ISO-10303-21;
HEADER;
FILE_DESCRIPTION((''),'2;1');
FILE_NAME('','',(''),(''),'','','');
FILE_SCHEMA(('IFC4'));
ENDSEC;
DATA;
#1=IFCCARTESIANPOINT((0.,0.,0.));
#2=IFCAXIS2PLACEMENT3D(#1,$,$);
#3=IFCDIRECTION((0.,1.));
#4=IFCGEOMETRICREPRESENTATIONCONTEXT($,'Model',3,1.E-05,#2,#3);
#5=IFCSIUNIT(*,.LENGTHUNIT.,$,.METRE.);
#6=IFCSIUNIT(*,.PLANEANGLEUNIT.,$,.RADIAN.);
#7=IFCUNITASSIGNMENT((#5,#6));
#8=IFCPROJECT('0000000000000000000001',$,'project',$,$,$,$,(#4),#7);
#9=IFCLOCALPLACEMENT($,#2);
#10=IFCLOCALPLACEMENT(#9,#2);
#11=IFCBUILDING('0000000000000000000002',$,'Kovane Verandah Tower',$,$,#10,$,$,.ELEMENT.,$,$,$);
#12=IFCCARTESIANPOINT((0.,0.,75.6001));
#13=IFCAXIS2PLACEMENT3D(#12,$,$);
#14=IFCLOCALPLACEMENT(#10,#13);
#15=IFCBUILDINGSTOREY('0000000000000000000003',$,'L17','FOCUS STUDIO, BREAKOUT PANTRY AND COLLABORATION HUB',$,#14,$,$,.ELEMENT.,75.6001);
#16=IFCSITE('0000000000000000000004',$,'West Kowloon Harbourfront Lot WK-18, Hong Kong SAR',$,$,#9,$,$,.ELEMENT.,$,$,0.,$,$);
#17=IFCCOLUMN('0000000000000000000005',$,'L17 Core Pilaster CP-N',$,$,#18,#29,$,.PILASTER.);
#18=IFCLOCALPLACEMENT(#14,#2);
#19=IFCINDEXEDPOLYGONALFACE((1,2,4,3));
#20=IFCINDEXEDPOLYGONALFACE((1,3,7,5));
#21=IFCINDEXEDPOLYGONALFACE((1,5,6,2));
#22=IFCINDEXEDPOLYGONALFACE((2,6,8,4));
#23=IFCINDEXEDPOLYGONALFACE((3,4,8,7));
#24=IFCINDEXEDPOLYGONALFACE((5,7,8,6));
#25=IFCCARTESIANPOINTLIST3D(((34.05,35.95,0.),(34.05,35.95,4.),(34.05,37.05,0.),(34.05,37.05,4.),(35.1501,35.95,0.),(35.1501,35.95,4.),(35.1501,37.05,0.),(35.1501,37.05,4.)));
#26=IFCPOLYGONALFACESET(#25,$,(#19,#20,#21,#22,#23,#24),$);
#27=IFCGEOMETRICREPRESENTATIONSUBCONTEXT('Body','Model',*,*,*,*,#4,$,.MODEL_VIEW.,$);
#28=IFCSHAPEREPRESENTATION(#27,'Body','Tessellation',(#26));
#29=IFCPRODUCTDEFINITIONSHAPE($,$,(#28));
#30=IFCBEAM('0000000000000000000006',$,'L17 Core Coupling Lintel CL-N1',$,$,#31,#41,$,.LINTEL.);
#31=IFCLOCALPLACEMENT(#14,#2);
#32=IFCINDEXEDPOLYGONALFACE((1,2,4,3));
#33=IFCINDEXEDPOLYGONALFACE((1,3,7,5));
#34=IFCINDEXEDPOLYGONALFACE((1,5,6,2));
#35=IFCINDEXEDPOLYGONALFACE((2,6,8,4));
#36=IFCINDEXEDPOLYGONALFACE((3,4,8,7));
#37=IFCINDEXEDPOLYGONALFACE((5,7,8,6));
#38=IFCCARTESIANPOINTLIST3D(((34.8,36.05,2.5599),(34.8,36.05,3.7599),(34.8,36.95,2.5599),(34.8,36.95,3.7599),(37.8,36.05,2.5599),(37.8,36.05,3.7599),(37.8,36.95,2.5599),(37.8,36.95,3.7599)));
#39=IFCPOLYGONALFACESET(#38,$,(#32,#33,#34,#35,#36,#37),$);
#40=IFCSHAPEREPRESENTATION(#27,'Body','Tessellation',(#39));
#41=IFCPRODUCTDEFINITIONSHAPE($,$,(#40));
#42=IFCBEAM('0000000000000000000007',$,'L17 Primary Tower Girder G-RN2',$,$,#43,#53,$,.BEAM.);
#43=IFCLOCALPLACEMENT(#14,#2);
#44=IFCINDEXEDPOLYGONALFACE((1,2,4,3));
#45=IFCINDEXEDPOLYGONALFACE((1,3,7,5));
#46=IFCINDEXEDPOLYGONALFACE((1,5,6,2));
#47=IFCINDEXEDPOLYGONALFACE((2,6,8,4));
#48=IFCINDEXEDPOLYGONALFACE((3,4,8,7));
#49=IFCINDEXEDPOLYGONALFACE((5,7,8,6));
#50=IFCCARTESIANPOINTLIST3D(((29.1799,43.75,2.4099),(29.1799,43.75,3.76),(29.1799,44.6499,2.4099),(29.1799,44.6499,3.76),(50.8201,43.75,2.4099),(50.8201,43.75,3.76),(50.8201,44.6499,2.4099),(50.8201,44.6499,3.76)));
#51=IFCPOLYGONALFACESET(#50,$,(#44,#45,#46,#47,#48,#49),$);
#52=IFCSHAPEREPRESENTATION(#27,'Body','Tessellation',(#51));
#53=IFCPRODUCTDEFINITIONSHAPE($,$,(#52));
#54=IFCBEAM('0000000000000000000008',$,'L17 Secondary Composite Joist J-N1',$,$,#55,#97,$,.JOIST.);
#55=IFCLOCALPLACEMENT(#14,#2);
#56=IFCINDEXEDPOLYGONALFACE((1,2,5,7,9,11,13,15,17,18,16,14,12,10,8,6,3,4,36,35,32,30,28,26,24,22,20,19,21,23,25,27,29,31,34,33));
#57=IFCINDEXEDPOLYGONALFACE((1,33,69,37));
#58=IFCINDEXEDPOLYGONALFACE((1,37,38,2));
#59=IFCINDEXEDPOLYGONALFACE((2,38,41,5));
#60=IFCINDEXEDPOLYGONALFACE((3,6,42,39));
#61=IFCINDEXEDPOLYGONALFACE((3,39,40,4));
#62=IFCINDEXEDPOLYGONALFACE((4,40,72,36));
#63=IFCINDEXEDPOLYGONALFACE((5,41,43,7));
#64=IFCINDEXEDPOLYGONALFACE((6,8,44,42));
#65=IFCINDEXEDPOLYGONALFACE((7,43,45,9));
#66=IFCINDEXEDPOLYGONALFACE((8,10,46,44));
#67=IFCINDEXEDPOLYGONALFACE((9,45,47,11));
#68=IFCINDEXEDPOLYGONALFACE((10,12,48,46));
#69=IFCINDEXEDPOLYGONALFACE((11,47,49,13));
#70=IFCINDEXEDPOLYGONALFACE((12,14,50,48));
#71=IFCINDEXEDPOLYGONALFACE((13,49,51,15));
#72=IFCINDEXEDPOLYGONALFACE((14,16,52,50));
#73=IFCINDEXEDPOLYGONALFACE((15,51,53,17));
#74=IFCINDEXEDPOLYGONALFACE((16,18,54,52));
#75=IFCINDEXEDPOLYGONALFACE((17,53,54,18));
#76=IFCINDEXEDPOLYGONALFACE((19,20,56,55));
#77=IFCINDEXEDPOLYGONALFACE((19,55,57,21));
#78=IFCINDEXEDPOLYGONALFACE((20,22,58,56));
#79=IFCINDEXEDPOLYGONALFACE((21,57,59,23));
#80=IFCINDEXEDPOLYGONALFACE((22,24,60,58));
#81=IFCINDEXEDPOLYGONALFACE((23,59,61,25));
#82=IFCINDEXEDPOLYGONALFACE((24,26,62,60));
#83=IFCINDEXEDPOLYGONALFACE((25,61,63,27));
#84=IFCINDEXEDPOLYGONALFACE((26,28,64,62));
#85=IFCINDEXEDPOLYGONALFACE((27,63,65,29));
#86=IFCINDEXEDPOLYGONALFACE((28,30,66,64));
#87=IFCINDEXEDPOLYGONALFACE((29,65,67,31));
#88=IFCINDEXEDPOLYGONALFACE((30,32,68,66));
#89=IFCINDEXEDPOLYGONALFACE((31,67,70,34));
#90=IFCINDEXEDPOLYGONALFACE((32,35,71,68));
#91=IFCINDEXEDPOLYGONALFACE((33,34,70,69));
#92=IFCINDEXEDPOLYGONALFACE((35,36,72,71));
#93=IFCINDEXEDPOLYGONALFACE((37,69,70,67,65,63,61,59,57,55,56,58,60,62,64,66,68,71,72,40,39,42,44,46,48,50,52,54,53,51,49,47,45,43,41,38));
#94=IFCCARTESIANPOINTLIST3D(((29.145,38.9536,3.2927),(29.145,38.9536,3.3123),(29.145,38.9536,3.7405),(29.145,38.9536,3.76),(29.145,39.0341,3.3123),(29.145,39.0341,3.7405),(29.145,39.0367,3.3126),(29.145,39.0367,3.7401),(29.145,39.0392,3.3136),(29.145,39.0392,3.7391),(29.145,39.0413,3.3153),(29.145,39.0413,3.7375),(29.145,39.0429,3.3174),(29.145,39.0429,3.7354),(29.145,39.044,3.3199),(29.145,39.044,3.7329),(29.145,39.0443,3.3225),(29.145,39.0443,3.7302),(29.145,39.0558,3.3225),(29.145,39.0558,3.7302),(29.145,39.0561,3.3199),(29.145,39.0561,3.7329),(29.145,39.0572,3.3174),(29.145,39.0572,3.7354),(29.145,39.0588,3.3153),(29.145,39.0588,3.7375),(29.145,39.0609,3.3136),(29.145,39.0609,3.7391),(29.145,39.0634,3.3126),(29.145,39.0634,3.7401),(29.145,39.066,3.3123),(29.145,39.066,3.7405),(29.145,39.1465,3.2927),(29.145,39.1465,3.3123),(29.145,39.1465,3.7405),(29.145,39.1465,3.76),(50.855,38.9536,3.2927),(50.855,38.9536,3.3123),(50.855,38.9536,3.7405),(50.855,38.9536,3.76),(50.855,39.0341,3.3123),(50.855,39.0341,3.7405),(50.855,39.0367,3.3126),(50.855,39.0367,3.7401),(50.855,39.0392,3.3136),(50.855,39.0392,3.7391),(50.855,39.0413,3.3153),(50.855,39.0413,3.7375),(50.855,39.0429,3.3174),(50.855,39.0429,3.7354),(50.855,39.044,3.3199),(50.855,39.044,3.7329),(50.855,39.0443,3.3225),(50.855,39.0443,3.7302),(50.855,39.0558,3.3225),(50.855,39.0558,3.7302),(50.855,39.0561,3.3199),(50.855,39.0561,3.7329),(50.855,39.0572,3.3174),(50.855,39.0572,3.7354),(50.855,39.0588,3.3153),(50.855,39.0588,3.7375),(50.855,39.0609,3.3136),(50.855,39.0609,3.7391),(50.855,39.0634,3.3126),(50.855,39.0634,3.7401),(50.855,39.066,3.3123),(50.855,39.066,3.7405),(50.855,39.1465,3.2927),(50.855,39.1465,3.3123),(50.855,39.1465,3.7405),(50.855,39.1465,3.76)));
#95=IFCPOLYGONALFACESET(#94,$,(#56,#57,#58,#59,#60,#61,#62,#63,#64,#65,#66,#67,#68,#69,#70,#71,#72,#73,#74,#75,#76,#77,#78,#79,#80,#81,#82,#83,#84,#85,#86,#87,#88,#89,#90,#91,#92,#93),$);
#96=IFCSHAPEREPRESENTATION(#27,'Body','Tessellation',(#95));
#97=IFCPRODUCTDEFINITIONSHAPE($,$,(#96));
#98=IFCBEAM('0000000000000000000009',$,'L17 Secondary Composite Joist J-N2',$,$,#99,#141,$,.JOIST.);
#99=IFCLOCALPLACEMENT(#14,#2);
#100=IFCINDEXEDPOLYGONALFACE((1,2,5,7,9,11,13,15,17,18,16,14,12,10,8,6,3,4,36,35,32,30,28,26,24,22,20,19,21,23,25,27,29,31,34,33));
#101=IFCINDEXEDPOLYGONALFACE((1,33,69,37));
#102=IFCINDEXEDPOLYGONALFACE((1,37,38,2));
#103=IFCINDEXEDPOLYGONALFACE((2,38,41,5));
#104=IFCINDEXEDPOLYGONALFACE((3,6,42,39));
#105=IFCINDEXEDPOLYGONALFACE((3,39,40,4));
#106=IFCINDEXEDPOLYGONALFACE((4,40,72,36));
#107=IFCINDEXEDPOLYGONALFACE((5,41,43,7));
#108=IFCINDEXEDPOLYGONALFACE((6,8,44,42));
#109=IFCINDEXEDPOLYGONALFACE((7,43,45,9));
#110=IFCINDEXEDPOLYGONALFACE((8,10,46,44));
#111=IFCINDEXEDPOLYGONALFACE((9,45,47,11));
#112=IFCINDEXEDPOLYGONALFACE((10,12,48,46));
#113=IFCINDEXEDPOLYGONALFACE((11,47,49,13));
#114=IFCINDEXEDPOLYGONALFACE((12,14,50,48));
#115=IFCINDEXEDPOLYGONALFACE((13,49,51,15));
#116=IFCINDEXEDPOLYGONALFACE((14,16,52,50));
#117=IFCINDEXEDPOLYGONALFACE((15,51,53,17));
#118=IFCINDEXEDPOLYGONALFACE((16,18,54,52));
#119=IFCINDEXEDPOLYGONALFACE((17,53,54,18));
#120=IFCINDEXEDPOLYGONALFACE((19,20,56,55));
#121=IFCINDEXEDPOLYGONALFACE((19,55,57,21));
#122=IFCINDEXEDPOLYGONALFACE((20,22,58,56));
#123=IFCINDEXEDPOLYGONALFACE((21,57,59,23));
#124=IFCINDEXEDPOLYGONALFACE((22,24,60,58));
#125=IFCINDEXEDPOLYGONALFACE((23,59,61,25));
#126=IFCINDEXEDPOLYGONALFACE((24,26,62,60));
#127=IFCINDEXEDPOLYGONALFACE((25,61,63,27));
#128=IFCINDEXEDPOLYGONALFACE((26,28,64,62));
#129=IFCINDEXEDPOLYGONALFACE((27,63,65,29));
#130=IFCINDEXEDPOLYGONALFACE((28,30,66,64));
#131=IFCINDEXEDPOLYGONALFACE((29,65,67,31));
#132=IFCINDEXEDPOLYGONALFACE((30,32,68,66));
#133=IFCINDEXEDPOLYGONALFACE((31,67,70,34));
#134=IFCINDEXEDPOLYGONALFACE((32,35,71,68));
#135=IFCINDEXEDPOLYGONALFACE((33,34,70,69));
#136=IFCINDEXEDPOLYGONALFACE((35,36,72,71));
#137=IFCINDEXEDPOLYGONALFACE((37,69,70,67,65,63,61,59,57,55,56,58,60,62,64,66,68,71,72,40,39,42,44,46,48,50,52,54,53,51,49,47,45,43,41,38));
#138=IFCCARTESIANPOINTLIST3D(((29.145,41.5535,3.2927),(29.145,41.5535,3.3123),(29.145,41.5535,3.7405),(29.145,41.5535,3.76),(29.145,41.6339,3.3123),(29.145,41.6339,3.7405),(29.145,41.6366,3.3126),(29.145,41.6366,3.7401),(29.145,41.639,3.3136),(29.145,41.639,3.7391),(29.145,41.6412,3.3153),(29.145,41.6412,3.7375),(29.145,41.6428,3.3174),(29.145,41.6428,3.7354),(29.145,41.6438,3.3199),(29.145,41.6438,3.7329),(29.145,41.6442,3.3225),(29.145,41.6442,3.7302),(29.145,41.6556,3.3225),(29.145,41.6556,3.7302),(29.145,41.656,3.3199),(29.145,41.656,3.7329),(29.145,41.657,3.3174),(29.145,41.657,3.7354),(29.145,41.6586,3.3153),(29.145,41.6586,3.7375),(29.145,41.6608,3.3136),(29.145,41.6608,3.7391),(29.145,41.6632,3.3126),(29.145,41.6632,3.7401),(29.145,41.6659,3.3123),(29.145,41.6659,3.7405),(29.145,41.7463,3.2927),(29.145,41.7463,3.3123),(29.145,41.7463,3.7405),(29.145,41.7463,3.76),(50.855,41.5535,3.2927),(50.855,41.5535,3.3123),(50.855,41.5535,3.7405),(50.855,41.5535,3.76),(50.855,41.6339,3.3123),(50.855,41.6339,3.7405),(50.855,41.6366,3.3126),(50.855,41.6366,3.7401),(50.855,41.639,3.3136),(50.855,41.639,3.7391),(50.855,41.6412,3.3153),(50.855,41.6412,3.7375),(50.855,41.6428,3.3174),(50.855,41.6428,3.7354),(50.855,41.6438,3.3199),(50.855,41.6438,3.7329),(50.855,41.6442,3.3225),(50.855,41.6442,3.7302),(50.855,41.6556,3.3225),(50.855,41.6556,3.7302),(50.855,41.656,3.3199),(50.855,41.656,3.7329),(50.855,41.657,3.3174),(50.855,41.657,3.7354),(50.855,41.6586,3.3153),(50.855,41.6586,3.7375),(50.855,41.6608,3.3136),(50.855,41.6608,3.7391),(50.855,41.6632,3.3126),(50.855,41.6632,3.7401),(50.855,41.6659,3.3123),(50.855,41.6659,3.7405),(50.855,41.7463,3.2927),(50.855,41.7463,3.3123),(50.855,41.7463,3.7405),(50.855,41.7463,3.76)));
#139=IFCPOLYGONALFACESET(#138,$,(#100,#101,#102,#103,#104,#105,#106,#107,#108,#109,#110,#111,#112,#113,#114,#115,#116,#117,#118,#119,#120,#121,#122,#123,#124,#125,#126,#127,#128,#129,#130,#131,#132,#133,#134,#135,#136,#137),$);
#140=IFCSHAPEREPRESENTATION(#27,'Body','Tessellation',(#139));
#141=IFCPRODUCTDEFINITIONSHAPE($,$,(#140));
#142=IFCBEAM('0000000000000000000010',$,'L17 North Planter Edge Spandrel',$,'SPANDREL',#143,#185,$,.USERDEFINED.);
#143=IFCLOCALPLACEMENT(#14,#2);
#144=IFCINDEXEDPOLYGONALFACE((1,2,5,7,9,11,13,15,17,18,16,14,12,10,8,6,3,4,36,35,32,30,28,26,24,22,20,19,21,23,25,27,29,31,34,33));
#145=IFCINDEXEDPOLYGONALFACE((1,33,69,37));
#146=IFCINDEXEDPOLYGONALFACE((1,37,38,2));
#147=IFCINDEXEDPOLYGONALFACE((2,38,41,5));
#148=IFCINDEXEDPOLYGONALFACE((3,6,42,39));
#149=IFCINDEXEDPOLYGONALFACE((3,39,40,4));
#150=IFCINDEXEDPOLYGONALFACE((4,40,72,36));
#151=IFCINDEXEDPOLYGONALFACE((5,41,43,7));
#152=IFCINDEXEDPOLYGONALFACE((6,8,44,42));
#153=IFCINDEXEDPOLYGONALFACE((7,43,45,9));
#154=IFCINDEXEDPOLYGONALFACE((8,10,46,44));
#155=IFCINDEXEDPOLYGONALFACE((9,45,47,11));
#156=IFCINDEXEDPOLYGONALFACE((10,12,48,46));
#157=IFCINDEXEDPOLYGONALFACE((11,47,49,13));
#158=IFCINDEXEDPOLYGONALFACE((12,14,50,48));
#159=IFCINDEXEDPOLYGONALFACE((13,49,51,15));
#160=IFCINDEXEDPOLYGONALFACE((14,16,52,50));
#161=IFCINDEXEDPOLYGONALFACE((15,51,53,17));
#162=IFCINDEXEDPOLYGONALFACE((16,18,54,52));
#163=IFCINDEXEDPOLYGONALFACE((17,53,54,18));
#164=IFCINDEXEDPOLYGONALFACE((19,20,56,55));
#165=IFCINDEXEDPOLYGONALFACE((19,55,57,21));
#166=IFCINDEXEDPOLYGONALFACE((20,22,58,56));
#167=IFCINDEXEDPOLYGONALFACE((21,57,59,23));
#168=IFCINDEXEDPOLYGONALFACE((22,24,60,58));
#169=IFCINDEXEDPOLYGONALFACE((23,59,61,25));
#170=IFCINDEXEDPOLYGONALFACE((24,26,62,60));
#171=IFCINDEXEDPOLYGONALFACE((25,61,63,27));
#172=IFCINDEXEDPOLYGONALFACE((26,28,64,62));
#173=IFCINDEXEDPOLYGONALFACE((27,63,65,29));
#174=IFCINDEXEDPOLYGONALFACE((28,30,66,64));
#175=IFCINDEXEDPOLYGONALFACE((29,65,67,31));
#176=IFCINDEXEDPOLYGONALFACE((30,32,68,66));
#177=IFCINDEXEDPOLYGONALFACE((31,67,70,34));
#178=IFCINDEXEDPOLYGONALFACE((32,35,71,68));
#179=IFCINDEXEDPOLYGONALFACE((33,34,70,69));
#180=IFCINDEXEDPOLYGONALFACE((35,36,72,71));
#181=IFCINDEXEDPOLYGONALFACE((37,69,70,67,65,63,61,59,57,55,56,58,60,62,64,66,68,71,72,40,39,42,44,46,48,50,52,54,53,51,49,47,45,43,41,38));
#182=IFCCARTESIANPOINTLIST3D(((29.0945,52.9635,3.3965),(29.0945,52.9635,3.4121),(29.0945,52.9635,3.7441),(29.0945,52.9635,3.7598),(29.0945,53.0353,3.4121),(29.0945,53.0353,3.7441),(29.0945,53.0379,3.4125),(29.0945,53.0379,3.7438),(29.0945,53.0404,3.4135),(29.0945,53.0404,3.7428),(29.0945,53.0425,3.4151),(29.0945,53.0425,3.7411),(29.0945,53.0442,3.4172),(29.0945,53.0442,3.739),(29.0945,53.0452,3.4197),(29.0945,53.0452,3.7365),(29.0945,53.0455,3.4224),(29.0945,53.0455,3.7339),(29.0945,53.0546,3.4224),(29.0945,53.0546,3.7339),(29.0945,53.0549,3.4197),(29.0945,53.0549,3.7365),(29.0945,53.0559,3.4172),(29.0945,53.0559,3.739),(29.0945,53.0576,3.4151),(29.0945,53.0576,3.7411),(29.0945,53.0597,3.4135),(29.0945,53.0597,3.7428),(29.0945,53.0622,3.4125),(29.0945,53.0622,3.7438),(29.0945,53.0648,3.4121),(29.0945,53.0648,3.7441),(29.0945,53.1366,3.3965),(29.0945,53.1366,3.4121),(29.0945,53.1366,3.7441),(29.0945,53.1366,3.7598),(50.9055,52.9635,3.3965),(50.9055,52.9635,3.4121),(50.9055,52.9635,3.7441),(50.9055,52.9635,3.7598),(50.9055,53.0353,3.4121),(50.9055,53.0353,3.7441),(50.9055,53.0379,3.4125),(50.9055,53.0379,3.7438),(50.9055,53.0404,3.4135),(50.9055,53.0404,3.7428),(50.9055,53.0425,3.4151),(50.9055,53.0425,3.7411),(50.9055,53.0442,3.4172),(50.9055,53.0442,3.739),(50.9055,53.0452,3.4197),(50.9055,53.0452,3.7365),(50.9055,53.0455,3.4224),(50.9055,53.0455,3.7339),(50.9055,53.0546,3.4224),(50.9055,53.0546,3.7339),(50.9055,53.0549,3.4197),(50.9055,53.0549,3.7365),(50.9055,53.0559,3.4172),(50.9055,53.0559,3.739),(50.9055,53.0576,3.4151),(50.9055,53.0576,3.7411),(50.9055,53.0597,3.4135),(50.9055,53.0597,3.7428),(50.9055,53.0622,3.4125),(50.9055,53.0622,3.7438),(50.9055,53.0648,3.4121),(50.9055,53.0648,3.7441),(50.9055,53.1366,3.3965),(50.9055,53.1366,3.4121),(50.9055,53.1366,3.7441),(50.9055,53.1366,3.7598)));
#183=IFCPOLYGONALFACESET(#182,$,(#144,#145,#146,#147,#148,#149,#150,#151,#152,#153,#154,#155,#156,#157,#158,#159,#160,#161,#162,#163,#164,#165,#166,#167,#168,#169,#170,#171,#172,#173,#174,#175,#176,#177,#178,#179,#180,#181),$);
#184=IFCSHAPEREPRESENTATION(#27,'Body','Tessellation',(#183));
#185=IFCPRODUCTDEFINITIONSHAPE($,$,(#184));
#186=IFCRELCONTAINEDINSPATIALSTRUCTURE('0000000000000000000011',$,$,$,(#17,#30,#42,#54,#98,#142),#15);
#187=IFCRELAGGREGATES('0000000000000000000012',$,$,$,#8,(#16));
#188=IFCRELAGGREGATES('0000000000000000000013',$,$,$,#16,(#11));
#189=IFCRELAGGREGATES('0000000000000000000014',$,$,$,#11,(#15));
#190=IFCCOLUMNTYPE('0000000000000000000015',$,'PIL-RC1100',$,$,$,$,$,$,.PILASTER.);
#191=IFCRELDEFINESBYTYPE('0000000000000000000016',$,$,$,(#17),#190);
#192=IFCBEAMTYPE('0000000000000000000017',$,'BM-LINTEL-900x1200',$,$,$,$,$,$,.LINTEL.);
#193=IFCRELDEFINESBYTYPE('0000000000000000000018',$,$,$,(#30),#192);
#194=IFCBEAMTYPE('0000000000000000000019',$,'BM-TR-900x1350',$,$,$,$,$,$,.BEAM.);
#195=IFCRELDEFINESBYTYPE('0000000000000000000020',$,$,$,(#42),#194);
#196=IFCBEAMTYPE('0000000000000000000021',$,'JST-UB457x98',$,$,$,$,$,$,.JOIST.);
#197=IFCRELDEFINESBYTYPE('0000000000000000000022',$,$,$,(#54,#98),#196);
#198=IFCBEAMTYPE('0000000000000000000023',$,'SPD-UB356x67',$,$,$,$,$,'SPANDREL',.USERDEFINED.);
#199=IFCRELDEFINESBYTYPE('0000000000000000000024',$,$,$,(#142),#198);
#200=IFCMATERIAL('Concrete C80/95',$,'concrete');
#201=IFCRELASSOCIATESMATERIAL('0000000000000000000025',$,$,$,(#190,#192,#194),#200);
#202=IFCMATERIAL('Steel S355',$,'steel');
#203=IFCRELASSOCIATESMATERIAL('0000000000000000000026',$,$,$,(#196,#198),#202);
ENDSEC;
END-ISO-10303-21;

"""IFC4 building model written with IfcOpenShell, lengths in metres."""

from ifc_helpers import new_model, si_unit, direction, frame, origin, origin_2d, place, context, subcontext, project, spatial, rectangle, i_section, extrude, material, material_profile, profile_set, type_object, element, save


model = new_model("IFC4")

# Units and contexts
model_context = context("Model", 3, precision=1e-05, world=origin(), true_north=direction((0.0, 1.0)))
body_context = subcontext(model_context, "Body", "Model", "MODEL_VIEW")
ifc_project = project(units=[si_unit("LENGTHUNIT", "METRE"), si_unit("PLANEANGLEUNIT", "RADIAN")], contexts=[model_context])

# Site, building, storey
site_placement = place(None, origin())
site = spatial("IfcSite", under=ifc_project, at=site_placement, Name="West Kowloon Harbourfront Lot WK-18, Hong Kong SAR", CompositionType="ELEMENT", RefElevation=0.0)
building_placement = place(site_placement, origin())
building = spatial("IfcBuilding", under=site, at=building_placement, Name="Kovane Verandah Tower", CompositionType="ELEMENT")
storey_placement = place(building_placement, frame((0.0, 0.0, 75.6001)))
storey = spatial("IfcBuildingStorey", under=building, at=storey_placement, Name="L17", Description="FOCUS STUDIO, BREAKOUT PANTRY AND COLLABORATION HUB", CompositionType="ELEMENT", Elevation=75.6001)

# Column
ifc_material_1 = material(Name="Concrete C80/95", Category="concrete")
ifc_material_profile_1 = material_profile(ifc_material_1, rectangle(XDim=1.1001, YDim=1.1001, at=origin_2d()), Name="RC1100x1100")
ifc_profile_set_1 = profile_set([ifc_material_profile_1], Name="Concrete C80/95")
column_type = type_object("IfcColumnType", Name="PIL-RC1100", PredefinedType="PILASTER", material=ifc_profile_set_1)
column_placement = place(storey_placement, frame((34.6001, 36.5, 0.0), z_axis=(0.0, 0.0, 1.0), x_axis=(1.0, 0.0, 0.0)))
element("IfcColumn", 1, at=column_placement, inside=storey, type_object=column_type, Name="L17 Core Pilaster CP-N", PredefinedType="PILASTER", context=body_context, shape_type="SweptSolid", body=[
    extrude(rectangle(XDim=1.1001, YDim=1.1001, at=origin_2d()), origin(), (0.0, 0.0, 1.0), 4.0),
])

# Beams
ifc_material_profile_2 = material_profile(ifc_material_1, rectangle(XDim=0.8999, YDim=1.2, at=origin_2d()), Name="RCB900x1200")
ifc_profile_set_2 = profile_set([ifc_material_profile_2], Name="Concrete C80/95")
beam_type_1 = type_object("IfcBeamType", Name="BM-LINTEL-900x1200", PredefinedType="LINTEL", material=ifc_profile_set_2)
beam_1_placement = place(storey_placement, frame((34.8, 36.5, 3.1599), z_axis=(1.0, 0.0, 0.0), x_axis=(0.0, 1.0, 0.0)))
element("IfcBeam", 2, at=beam_1_placement, inside=storey, type_object=beam_type_1, Name="L17 Core Coupling Lintel CL-N1", PredefinedType="LINTEL", context=body_context, shape_type="SweptSolid", body=[
    extrude(rectangle(XDim=0.8999, YDim=1.2, at=origin_2d()), origin(), (0.0, 0.0, 1.0), 3.0),
])
ifc_material_profile_3 = material_profile(ifc_material_1, rectangle(XDim=0.8999, YDim=1.3501, at=origin_2d()), Name="RCB900x1350")
ifc_profile_set_3 = profile_set([ifc_material_profile_3], Name="Concrete C80/95")
beam_type_2 = type_object("IfcBeamType", Name="BM-TR-900x1350", PredefinedType="BEAM", material=ifc_profile_set_3)
beam_2_placement = place(storey_placement, frame((29.1799, 44.2, 3.085), z_axis=(1.0, 0.0, 0.0), x_axis=(0.0, 1.0, 0.0)))
element("IfcBeam", 3, at=beam_2_placement, inside=storey, type_object=beam_type_2, Name="L17 Primary Tower Girder G-RN2", PredefinedType="BEAM", context=body_context, shape_type="SweptSolid", body=[
    extrude(rectangle(XDim=0.8999, YDim=1.3501, at=origin_2d()), origin(), (0.0, 0.0, 1.0), 21.6401),
])
ifc_material_2 = material(Name="Steel S355", Category="steel")
ifc_material_profile_4 = material_profile(ifc_material_2, i_section(OverallWidth=0.1929, OverallDepth=0.4673, WebThickness=0.0115, FlangeThickness=0.0195, FilletRadius=0.0103, at=origin_2d()), Name="UB457x191x98")
ifc_profile_set_4 = profile_set([ifc_material_profile_4], Name="Steel S355")
beam_type_3 = type_object("IfcBeamType", Name="JST-UB457x98", PredefinedType="JOIST", material=ifc_profile_set_4)
for number, where, z_axis, x_axis, name in (
    (4, (29.145, 39.05, 3.5264), (1.0, 0.0, 0.0), (0.0, 1.0, 0.0), "L17 Secondary Composite Joist J-N1"),
    (5, (29.145, 41.6499, 3.5264), (1.0, 0.0, 0.0), (0.0, 1.0, 0.0), "L17 Secondary Composite Joist J-N2"),
):
    element("IfcBeam", number, at=place(storey_placement, frame(where, z_axis=z_axis, x_axis=x_axis)), inside=storey, type_object=beam_type_3, Name=name, PredefinedType="JOIST", context=body_context, shape_type="SweptSolid", body=[
        extrude(i_section(OverallWidth=0.1929, OverallDepth=0.4673, WebThickness=0.0115, FlangeThickness=0.0195, FilletRadius=0.0103, at=origin_2d()), origin(), (0.0, 0.0, 1.0), 21.71),
    ])
ifc_material_profile_5 = material_profile(ifc_material_2, i_section(OverallWidth=0.1731, OverallDepth=0.3633, WebThickness=0.009, FlangeThickness=0.0156, FilletRadius=0.0103, at=origin_2d()), Name="UB356x171x67")
ifc_profile_set_5 = profile_set([ifc_material_profile_5], Name="Steel S355")
beam_type_4 = type_object("IfcBeamType", Name="SPD-UB356x67", ElementType="SPANDREL", PredefinedType="USERDEFINED", material=ifc_profile_set_5)
beam_3_placement = place(storey_placement, frame((29.0945, 53.05, 3.5781), z_axis=(1.0, 0.0, 0.0), x_axis=(0.0, 1.0, 0.0)))
element("IfcBeam", 6, at=beam_3_placement, inside=storey, type_object=beam_type_4, Name="L17 North Planter Edge Spandrel", ObjectType="SPANDREL", PredefinedType="USERDEFINED", context=body_context, shape_type="SweptSolid", body=[
    extrude(i_section(OverallWidth=0.1731, OverallDepth=0.3633, WebThickness=0.009, FlangeThickness=0.0156, FilletRadius=0.0103, at=origin_2d()), origin(), (0.0, 0.0, 1.0), 21.811),
])

save(model, "model.ifc")
